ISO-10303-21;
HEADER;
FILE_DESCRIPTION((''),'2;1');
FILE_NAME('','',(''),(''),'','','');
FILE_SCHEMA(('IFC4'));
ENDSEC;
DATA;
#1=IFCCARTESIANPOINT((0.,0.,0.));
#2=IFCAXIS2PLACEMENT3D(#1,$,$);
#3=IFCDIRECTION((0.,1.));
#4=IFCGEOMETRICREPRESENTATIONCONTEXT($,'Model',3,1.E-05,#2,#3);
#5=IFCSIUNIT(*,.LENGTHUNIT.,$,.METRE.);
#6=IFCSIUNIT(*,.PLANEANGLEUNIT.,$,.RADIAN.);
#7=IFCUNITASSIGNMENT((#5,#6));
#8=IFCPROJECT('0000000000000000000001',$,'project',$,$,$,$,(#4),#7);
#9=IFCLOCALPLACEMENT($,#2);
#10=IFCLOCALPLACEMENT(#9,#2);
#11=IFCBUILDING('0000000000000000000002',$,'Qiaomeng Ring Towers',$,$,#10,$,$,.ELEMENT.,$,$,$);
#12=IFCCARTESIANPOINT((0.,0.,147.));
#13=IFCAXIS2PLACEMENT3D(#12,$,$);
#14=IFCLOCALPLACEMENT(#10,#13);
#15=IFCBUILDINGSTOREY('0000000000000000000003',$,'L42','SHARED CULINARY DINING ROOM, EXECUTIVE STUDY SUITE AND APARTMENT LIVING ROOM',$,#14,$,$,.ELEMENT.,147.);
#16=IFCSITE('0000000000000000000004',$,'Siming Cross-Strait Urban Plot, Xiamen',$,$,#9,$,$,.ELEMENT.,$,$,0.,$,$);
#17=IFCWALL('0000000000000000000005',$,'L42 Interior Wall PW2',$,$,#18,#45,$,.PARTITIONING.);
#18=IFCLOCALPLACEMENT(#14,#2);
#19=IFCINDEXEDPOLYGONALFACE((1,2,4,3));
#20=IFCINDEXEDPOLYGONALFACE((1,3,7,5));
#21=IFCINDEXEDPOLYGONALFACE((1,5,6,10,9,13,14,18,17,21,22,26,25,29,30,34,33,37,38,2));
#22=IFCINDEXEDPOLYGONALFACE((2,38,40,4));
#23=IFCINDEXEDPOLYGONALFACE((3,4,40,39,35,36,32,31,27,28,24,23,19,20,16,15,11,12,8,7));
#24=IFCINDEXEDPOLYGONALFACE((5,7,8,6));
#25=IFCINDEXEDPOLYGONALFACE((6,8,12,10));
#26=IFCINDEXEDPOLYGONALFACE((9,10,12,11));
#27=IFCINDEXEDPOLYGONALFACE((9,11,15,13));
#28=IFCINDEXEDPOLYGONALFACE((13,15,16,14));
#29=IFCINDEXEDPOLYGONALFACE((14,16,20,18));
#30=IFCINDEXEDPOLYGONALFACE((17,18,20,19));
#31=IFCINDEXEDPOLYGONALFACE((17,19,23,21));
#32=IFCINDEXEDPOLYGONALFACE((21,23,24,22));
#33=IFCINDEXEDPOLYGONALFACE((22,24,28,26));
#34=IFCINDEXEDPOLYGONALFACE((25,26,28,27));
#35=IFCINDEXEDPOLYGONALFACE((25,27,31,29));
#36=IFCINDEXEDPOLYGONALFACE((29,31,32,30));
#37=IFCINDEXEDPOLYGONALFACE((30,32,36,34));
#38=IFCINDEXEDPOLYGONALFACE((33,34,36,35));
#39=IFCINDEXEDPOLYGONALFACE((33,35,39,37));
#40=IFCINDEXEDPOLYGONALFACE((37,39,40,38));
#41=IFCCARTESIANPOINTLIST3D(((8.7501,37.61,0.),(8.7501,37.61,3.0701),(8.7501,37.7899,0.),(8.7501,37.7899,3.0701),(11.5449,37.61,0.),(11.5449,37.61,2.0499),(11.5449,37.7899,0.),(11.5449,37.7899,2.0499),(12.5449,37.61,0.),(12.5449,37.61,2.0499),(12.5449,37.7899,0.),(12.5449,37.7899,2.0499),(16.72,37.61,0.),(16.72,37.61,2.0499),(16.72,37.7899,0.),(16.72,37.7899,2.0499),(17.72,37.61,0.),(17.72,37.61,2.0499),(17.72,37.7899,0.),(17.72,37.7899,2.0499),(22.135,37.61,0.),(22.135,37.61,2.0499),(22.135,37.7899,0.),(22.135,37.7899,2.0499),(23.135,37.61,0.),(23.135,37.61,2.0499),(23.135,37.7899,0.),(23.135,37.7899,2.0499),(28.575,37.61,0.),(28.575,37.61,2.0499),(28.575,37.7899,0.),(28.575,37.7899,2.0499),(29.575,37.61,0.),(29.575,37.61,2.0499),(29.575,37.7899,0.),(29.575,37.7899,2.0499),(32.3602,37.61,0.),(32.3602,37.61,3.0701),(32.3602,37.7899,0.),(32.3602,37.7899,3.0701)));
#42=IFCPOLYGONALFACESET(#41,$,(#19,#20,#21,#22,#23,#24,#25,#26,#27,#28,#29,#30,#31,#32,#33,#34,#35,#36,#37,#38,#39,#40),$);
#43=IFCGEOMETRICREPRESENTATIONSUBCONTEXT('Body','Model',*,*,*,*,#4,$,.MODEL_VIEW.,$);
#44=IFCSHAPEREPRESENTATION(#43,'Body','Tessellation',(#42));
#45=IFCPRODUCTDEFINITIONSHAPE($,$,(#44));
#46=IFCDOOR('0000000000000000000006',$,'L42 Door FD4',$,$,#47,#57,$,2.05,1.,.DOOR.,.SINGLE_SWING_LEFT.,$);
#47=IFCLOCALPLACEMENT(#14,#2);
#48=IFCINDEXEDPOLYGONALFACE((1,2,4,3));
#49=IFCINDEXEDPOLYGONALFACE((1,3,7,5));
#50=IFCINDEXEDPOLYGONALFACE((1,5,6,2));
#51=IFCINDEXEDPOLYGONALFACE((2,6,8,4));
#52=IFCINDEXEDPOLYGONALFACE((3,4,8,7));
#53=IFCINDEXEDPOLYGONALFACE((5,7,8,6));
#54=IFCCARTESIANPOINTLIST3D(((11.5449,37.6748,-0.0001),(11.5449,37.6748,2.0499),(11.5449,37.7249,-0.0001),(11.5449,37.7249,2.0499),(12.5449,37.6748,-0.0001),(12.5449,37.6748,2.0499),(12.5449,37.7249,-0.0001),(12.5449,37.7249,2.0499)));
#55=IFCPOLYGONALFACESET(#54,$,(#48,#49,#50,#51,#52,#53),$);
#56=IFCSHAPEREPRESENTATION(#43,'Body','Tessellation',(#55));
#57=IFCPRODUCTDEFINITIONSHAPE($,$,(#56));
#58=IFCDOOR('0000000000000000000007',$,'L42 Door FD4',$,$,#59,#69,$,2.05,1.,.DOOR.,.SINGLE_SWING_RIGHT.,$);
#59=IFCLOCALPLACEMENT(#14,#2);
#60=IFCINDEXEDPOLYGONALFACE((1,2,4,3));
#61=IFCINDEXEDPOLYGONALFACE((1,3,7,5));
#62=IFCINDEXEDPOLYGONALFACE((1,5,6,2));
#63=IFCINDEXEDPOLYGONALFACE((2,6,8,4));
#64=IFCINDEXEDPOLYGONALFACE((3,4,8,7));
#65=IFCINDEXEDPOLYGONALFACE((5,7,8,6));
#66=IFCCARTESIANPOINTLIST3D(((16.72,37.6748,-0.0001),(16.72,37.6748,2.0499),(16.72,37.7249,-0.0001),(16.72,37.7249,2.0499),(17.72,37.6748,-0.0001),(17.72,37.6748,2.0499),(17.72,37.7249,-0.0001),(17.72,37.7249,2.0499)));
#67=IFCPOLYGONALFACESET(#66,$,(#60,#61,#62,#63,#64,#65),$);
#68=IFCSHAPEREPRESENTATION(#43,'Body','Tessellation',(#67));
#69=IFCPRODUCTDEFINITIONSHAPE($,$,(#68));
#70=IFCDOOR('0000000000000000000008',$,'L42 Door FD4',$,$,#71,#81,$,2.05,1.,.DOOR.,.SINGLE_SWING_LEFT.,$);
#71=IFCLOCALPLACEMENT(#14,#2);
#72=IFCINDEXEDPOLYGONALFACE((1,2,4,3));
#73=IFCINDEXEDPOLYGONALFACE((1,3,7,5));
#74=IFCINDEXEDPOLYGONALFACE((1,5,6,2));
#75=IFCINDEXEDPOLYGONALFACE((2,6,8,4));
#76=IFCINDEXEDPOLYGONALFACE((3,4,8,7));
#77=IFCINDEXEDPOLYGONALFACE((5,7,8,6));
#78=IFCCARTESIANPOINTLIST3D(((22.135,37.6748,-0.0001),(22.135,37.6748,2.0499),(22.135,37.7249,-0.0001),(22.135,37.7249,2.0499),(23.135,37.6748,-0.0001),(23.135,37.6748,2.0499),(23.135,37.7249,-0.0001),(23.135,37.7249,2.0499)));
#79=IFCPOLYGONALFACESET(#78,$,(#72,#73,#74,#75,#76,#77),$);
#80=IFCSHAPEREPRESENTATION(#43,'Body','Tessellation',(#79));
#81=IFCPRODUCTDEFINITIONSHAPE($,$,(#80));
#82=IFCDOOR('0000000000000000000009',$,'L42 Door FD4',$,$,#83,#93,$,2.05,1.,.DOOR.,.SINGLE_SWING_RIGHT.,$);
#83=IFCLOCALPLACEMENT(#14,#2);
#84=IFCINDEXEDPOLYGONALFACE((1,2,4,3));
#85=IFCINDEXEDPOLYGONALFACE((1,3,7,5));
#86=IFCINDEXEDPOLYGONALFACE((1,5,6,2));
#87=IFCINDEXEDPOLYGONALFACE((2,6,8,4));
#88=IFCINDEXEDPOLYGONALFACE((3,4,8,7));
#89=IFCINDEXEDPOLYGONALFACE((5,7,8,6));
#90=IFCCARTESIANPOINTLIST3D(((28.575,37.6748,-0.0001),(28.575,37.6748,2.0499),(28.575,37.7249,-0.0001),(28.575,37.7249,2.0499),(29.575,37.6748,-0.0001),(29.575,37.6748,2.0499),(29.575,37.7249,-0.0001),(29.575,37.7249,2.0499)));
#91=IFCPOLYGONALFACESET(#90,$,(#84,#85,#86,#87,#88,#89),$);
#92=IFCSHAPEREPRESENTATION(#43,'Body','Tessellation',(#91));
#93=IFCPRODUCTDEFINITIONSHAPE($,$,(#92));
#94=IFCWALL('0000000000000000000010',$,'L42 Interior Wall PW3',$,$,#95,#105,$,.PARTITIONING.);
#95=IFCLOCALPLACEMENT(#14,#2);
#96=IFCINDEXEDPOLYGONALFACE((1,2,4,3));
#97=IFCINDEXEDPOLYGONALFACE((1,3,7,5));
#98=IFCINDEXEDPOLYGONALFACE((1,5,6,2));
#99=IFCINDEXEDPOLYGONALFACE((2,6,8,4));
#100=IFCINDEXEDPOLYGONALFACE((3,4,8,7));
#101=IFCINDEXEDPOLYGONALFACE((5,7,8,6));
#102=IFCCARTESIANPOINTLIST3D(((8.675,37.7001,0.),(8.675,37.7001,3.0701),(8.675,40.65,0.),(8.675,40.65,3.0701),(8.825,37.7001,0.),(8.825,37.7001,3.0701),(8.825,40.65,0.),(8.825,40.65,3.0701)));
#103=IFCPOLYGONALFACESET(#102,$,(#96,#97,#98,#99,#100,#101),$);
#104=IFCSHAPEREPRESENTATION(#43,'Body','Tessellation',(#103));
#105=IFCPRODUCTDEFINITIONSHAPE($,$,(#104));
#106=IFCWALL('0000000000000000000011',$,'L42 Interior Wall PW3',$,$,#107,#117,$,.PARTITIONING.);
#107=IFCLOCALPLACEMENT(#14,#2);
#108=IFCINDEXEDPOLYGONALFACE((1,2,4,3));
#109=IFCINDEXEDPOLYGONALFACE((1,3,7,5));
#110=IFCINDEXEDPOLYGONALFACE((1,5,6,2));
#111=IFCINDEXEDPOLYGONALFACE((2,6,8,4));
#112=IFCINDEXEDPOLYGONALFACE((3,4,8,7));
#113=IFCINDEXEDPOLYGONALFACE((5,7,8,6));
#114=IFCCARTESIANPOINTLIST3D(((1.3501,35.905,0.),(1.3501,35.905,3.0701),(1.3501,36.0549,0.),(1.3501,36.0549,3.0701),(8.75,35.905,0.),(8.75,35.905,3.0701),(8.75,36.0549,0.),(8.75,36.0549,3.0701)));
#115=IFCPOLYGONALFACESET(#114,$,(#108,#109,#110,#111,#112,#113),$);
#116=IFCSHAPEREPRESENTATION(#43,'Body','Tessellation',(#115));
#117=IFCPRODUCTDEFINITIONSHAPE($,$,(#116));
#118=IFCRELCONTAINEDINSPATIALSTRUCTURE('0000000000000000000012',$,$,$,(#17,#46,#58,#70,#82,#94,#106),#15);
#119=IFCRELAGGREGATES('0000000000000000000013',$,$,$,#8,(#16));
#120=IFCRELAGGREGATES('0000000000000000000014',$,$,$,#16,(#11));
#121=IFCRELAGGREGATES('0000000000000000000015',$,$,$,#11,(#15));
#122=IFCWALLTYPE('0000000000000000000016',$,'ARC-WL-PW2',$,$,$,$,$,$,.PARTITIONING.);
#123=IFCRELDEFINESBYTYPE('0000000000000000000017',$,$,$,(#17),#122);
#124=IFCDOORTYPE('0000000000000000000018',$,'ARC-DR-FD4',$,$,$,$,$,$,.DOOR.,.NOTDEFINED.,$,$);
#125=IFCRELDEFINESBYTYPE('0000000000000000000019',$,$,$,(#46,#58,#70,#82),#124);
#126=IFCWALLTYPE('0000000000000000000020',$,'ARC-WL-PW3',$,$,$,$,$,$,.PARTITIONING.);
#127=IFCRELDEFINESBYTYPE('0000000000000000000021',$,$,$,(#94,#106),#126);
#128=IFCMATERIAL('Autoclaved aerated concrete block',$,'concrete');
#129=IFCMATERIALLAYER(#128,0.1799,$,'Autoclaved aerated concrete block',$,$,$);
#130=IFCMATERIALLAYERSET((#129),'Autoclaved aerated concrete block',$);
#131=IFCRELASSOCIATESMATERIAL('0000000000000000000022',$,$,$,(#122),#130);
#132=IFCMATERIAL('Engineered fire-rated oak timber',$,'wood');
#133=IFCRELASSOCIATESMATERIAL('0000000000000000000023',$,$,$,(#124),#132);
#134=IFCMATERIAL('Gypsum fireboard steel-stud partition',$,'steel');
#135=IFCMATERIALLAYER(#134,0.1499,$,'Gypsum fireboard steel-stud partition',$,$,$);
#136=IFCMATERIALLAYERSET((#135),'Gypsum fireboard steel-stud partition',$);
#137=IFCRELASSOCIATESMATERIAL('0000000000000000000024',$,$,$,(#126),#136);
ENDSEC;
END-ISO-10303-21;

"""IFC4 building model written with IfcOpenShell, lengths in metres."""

from ifc_helpers import new_model, si_unit, direction, frame, frame_2d, origin, place, context, subcontext, project, spatial, rectangle, extrude, source, transform, mapped, material, layer, layer_set, type_object, element, fill, save


model = new_model("IFC4")

# Units and contexts
model_context = context("Model", 3, precision=1e-05, world=origin(), true_north=direction((0.0, 1.0)))
body_context = subcontext(model_context, "Body", "Model", "MODEL_VIEW")
ifc_project = project(units=[si_unit("LENGTHUNIT", "METRE"), si_unit("PLANEANGLEUNIT", "RADIAN")], contexts=[model_context])

# Site, building, storey
site_placement = place(None, origin())
site = spatial("IfcSite", under=ifc_project, at=site_placement, Name="Siming Cross-Strait Urban Plot, Xiamen", CompositionType="ELEMENT", RefElevation=0.0)
building_placement = place(site_placement, origin())
building = spatial("IfcBuilding", under=site, at=building_placement, Name="Qiaomeng Ring Towers", CompositionType="ELEMENT")
storey_placement = place(building_placement, frame((0.0, 0.0, 147.0)))
storey = spatial("IfcBuildingStorey", under=building, at=storey_placement, Name="L42", Description="SHARED CULINARY DINING ROOM, EXECUTIVE STUDY SUITE AND APARTMENT LIVING ROOM", CompositionType="ELEMENT", Elevation=147.0)

# Wall, openings, doors
ifc_material_1 = material(Name="Autoclaved aerated concrete block", Category="concrete")
ifc_layer_1 = layer(ifc_material_1, 0.1799, Name="Autoclaved aerated concrete block")
ifc_layer_set_1 = layer_set([ifc_layer_1], Name="Autoclaved aerated concrete block")
wall_type_1 = type_object("IfcWallType", Name="ARC-WL-PW2", PredefinedType="PARTITIONING", material=ifc_layer_set_1)
wall_1_placement = place(storey_placement, frame((8.75, 37.7, 0.0), z_axis=(0.0, 0.0, 1.0), x_axis=(1.0, 0.0, 0.0)))
wall_1 = element("IfcWall", 1, at=wall_1_placement, inside=storey, type_object=wall_type_1, Name="L42 Interior Wall PW2", PredefinedType="PARTITIONING", context=body_context, shape_type="SweptSolid", body=[
    extrude(rectangle(XDim=23.6101, YDim=0.1799, at=frame_2d((11.8052, 0.0))), origin(), (0.0, 0.0, 1.0), 3.0701),
])
opening_1_placement = place(wall_1_placement, frame((2.7949, 0.0, 0.0)))
opening_1 = element("IfcOpeningElement", 2, at=opening_1_placement, cuts=wall_1, PredefinedType="OPENING", context=body_context, shape_type="SweptSolid", body=[
    extrude(rectangle(XDim=1.0, YDim=2.05, at=frame_2d((0.5, 1.0249))), frame((0.0, 0.0999, 0.0), z_axis=(0.0, -1.0, 0.0), x_axis=(1.0, 0.0, 0.0)), (0.0, 0.0, 1.0), 0.2),
])
opening_2_placement = place(wall_1_placement, frame((7.97, 0.0, 0.0)))
opening_2 = element("IfcOpeningElement", 3, at=opening_2_placement, cuts=wall_1, PredefinedType="OPENING", context=body_context, shape_type="SweptSolid", body=[
    extrude(rectangle(XDim=1.0, YDim=2.05, at=frame_2d((0.5, 1.0249))), frame((0.0, 0.0999, 0.0), z_axis=(0.0, -1.0, 0.0), x_axis=(1.0, 0.0, 0.0)), (0.0, 0.0, 1.0), 0.2),
])
opening_3_placement = place(wall_1_placement, frame((13.385, 0.0, 0.0)))
opening_3 = element("IfcOpeningElement", 4, at=opening_3_placement, cuts=wall_1, PredefinedType="OPENING", context=body_context, shape_type="SweptSolid", body=[
    extrude(rectangle(XDim=1.0, YDim=2.05, at=frame_2d((0.5, 1.0249))), frame((0.0, 0.0999, 0.0), z_axis=(0.0, -1.0, 0.0), x_axis=(1.0, 0.0, 0.0)), (0.0, 0.0, 1.0), 0.2),
])
opening_4_placement = place(wall_1_placement, frame((19.825, 0.0, 0.0)))
opening_4 = element("IfcOpeningElement", 5, at=opening_4_placement, cuts=wall_1, PredefinedType="OPENING", context=body_context, shape_type="SweptSolid", body=[
    extrude(rectangle(XDim=1.0, YDim=2.05, at=frame_2d((0.5, 1.0249))), frame((0.0, 0.0999, 0.0), z_axis=(0.0, -1.0, 0.0), x_axis=(1.0, 0.0, 0.0)), (0.0, 0.0, 1.0), 0.2),
])
ifc_material_2 = material(Name="Engineered fire-rated oak timber", Category="wood")
door_type_1 = type_object("IfcDoorType", Name="ARC-DR-FD4", OperationType="NOTDEFINED", PredefinedType="DOOR", material=ifc_material_2)
shared_shape_1 = source(origin(), body_context, "Body", "SweptSolid", [
    extrude(rectangle(XDim=1.0, YDim=2.05, at=frame_2d((0.5, 1.0249))), frame((0.0, 0.0249, 0.0), z_axis=(0.0, -1.0, 0.0), x_axis=(1.0, 0.0, 0.0)), (0.0, 0.0, 1.0), 0.05),
])
door_1_placement = place(opening_1_placement, origin())
door_1 = element("IfcDoor", 6, at=door_1_placement, inside=storey, type_object=door_type_1, Name="L42 Door FD4", OperationType="SINGLE_SWING_LEFT", OverallHeight=2.05, OverallWidth=1.0, PredefinedType="DOOR", context=body_context, shape_type="MappedRepresentation", body=[
    mapped(shared_shape_1, transform((0.0, 0.0, 0.0), x_axis=(1.0, 0.0, 0.0), y_axis=(0.0, 1.0, 0.0), z_axis=(0.0, 0.0, 1.0), scale=1.0)),
])
fill(opening_1, door_1)
door_2_placement = place(opening_2_placement, origin())
door_2 = element("IfcDoor", 7, at=door_2_placement, inside=storey, type_object=door_type_1, Name="L42 Door FD4", OperationType="SINGLE_SWING_RIGHT", OverallHeight=2.05, OverallWidth=1.0, PredefinedType="DOOR", context=body_context, shape_type="MappedRepresentation", body=[
    mapped(shared_shape_1, transform((0.0, 0.0, 0.0), x_axis=(1.0, 0.0, 0.0), y_axis=(0.0, 1.0, 0.0), z_axis=(0.0, 0.0, 1.0), scale=1.0)),
])
fill(opening_2, door_2)
door_3_placement = place(opening_3_placement, origin())
door_3 = element("IfcDoor", 8, at=door_3_placement, inside=storey, type_object=door_type_1, Name="L42 Door FD4", OperationType="SINGLE_SWING_LEFT", OverallHeight=2.05, OverallWidth=1.0, PredefinedType="DOOR", context=body_context, shape_type="MappedRepresentation", body=[
    mapped(shared_shape_1, transform((0.0, 0.0, 0.0), x_axis=(1.0, 0.0, 0.0), y_axis=(0.0, 1.0, 0.0), z_axis=(0.0, 0.0, 1.0), scale=1.0)),
])
fill(opening_3, door_3)
door_4_placement = place(opening_4_placement, origin())
door_4 = element("IfcDoor", 9, at=door_4_placement, inside=storey, type_object=door_type_1, Name="L42 Door FD4", OperationType="SINGLE_SWING_RIGHT", OverallHeight=2.05, OverallWidth=1.0, PredefinedType="DOOR", context=body_context, shape_type="MappedRepresentation", body=[
    mapped(shared_shape_1, transform((0.0, 0.0, 0.0), x_axis=(1.0, 0.0, 0.0), y_axis=(0.0, 1.0, 0.0), z_axis=(0.0, 0.0, 1.0), scale=1.0)),
])
fill(opening_4, door_4)

# Walls
ifc_material_3 = material(Name="Gypsum fireboard steel-stud partition", Category="steel")
ifc_layer_2 = layer(ifc_material_3, 0.1499, Name="Gypsum fireboard steel-stud partition")
ifc_layer_set_2 = layer_set([ifc_layer_2], Name="Gypsum fireboard steel-stud partition")
wall_type_2 = type_object("IfcWallType", Name="ARC-WL-PW3", PredefinedType="PARTITIONING", material=ifc_layer_set_2)
wall_2_placement = place(storey_placement, frame((8.75, 37.7, 0.0), z_axis=(0.0, 0.0, 1.0), x_axis=(0.0, 1.0, 0.0)))
element("IfcWall", 10, at=wall_2_placement, inside=storey, type_object=wall_type_2, Name="L42 Interior Wall PW3", PredefinedType="PARTITIONING", context=body_context, shape_type="SweptSolid", body=[
    extrude(rectangle(XDim=2.95, YDim=0.1499, at=frame_2d((1.4751, 0.0))), origin(), (0.0, 0.0, 1.0), 3.0701),
])
wall_3_placement = place(storey_placement, frame((1.3501, 35.98, 0.0), z_axis=(0.0, 0.0, 1.0), x_axis=(1.0, 0.0, 0.0)))
element("IfcWall", 11, at=wall_3_placement, inside=storey, type_object=wall_type_2, Name="L42 Interior Wall PW3", PredefinedType="PARTITIONING", context=body_context, shape_type="SweptSolid", body=[
    extrude(rectangle(XDim=7.3999, YDim=0.1499, at=frame_2d((3.7, 0.0))), origin(), (0.0, 0.0, 1.0), 3.0701),
])

save(model, "model.ifc")
